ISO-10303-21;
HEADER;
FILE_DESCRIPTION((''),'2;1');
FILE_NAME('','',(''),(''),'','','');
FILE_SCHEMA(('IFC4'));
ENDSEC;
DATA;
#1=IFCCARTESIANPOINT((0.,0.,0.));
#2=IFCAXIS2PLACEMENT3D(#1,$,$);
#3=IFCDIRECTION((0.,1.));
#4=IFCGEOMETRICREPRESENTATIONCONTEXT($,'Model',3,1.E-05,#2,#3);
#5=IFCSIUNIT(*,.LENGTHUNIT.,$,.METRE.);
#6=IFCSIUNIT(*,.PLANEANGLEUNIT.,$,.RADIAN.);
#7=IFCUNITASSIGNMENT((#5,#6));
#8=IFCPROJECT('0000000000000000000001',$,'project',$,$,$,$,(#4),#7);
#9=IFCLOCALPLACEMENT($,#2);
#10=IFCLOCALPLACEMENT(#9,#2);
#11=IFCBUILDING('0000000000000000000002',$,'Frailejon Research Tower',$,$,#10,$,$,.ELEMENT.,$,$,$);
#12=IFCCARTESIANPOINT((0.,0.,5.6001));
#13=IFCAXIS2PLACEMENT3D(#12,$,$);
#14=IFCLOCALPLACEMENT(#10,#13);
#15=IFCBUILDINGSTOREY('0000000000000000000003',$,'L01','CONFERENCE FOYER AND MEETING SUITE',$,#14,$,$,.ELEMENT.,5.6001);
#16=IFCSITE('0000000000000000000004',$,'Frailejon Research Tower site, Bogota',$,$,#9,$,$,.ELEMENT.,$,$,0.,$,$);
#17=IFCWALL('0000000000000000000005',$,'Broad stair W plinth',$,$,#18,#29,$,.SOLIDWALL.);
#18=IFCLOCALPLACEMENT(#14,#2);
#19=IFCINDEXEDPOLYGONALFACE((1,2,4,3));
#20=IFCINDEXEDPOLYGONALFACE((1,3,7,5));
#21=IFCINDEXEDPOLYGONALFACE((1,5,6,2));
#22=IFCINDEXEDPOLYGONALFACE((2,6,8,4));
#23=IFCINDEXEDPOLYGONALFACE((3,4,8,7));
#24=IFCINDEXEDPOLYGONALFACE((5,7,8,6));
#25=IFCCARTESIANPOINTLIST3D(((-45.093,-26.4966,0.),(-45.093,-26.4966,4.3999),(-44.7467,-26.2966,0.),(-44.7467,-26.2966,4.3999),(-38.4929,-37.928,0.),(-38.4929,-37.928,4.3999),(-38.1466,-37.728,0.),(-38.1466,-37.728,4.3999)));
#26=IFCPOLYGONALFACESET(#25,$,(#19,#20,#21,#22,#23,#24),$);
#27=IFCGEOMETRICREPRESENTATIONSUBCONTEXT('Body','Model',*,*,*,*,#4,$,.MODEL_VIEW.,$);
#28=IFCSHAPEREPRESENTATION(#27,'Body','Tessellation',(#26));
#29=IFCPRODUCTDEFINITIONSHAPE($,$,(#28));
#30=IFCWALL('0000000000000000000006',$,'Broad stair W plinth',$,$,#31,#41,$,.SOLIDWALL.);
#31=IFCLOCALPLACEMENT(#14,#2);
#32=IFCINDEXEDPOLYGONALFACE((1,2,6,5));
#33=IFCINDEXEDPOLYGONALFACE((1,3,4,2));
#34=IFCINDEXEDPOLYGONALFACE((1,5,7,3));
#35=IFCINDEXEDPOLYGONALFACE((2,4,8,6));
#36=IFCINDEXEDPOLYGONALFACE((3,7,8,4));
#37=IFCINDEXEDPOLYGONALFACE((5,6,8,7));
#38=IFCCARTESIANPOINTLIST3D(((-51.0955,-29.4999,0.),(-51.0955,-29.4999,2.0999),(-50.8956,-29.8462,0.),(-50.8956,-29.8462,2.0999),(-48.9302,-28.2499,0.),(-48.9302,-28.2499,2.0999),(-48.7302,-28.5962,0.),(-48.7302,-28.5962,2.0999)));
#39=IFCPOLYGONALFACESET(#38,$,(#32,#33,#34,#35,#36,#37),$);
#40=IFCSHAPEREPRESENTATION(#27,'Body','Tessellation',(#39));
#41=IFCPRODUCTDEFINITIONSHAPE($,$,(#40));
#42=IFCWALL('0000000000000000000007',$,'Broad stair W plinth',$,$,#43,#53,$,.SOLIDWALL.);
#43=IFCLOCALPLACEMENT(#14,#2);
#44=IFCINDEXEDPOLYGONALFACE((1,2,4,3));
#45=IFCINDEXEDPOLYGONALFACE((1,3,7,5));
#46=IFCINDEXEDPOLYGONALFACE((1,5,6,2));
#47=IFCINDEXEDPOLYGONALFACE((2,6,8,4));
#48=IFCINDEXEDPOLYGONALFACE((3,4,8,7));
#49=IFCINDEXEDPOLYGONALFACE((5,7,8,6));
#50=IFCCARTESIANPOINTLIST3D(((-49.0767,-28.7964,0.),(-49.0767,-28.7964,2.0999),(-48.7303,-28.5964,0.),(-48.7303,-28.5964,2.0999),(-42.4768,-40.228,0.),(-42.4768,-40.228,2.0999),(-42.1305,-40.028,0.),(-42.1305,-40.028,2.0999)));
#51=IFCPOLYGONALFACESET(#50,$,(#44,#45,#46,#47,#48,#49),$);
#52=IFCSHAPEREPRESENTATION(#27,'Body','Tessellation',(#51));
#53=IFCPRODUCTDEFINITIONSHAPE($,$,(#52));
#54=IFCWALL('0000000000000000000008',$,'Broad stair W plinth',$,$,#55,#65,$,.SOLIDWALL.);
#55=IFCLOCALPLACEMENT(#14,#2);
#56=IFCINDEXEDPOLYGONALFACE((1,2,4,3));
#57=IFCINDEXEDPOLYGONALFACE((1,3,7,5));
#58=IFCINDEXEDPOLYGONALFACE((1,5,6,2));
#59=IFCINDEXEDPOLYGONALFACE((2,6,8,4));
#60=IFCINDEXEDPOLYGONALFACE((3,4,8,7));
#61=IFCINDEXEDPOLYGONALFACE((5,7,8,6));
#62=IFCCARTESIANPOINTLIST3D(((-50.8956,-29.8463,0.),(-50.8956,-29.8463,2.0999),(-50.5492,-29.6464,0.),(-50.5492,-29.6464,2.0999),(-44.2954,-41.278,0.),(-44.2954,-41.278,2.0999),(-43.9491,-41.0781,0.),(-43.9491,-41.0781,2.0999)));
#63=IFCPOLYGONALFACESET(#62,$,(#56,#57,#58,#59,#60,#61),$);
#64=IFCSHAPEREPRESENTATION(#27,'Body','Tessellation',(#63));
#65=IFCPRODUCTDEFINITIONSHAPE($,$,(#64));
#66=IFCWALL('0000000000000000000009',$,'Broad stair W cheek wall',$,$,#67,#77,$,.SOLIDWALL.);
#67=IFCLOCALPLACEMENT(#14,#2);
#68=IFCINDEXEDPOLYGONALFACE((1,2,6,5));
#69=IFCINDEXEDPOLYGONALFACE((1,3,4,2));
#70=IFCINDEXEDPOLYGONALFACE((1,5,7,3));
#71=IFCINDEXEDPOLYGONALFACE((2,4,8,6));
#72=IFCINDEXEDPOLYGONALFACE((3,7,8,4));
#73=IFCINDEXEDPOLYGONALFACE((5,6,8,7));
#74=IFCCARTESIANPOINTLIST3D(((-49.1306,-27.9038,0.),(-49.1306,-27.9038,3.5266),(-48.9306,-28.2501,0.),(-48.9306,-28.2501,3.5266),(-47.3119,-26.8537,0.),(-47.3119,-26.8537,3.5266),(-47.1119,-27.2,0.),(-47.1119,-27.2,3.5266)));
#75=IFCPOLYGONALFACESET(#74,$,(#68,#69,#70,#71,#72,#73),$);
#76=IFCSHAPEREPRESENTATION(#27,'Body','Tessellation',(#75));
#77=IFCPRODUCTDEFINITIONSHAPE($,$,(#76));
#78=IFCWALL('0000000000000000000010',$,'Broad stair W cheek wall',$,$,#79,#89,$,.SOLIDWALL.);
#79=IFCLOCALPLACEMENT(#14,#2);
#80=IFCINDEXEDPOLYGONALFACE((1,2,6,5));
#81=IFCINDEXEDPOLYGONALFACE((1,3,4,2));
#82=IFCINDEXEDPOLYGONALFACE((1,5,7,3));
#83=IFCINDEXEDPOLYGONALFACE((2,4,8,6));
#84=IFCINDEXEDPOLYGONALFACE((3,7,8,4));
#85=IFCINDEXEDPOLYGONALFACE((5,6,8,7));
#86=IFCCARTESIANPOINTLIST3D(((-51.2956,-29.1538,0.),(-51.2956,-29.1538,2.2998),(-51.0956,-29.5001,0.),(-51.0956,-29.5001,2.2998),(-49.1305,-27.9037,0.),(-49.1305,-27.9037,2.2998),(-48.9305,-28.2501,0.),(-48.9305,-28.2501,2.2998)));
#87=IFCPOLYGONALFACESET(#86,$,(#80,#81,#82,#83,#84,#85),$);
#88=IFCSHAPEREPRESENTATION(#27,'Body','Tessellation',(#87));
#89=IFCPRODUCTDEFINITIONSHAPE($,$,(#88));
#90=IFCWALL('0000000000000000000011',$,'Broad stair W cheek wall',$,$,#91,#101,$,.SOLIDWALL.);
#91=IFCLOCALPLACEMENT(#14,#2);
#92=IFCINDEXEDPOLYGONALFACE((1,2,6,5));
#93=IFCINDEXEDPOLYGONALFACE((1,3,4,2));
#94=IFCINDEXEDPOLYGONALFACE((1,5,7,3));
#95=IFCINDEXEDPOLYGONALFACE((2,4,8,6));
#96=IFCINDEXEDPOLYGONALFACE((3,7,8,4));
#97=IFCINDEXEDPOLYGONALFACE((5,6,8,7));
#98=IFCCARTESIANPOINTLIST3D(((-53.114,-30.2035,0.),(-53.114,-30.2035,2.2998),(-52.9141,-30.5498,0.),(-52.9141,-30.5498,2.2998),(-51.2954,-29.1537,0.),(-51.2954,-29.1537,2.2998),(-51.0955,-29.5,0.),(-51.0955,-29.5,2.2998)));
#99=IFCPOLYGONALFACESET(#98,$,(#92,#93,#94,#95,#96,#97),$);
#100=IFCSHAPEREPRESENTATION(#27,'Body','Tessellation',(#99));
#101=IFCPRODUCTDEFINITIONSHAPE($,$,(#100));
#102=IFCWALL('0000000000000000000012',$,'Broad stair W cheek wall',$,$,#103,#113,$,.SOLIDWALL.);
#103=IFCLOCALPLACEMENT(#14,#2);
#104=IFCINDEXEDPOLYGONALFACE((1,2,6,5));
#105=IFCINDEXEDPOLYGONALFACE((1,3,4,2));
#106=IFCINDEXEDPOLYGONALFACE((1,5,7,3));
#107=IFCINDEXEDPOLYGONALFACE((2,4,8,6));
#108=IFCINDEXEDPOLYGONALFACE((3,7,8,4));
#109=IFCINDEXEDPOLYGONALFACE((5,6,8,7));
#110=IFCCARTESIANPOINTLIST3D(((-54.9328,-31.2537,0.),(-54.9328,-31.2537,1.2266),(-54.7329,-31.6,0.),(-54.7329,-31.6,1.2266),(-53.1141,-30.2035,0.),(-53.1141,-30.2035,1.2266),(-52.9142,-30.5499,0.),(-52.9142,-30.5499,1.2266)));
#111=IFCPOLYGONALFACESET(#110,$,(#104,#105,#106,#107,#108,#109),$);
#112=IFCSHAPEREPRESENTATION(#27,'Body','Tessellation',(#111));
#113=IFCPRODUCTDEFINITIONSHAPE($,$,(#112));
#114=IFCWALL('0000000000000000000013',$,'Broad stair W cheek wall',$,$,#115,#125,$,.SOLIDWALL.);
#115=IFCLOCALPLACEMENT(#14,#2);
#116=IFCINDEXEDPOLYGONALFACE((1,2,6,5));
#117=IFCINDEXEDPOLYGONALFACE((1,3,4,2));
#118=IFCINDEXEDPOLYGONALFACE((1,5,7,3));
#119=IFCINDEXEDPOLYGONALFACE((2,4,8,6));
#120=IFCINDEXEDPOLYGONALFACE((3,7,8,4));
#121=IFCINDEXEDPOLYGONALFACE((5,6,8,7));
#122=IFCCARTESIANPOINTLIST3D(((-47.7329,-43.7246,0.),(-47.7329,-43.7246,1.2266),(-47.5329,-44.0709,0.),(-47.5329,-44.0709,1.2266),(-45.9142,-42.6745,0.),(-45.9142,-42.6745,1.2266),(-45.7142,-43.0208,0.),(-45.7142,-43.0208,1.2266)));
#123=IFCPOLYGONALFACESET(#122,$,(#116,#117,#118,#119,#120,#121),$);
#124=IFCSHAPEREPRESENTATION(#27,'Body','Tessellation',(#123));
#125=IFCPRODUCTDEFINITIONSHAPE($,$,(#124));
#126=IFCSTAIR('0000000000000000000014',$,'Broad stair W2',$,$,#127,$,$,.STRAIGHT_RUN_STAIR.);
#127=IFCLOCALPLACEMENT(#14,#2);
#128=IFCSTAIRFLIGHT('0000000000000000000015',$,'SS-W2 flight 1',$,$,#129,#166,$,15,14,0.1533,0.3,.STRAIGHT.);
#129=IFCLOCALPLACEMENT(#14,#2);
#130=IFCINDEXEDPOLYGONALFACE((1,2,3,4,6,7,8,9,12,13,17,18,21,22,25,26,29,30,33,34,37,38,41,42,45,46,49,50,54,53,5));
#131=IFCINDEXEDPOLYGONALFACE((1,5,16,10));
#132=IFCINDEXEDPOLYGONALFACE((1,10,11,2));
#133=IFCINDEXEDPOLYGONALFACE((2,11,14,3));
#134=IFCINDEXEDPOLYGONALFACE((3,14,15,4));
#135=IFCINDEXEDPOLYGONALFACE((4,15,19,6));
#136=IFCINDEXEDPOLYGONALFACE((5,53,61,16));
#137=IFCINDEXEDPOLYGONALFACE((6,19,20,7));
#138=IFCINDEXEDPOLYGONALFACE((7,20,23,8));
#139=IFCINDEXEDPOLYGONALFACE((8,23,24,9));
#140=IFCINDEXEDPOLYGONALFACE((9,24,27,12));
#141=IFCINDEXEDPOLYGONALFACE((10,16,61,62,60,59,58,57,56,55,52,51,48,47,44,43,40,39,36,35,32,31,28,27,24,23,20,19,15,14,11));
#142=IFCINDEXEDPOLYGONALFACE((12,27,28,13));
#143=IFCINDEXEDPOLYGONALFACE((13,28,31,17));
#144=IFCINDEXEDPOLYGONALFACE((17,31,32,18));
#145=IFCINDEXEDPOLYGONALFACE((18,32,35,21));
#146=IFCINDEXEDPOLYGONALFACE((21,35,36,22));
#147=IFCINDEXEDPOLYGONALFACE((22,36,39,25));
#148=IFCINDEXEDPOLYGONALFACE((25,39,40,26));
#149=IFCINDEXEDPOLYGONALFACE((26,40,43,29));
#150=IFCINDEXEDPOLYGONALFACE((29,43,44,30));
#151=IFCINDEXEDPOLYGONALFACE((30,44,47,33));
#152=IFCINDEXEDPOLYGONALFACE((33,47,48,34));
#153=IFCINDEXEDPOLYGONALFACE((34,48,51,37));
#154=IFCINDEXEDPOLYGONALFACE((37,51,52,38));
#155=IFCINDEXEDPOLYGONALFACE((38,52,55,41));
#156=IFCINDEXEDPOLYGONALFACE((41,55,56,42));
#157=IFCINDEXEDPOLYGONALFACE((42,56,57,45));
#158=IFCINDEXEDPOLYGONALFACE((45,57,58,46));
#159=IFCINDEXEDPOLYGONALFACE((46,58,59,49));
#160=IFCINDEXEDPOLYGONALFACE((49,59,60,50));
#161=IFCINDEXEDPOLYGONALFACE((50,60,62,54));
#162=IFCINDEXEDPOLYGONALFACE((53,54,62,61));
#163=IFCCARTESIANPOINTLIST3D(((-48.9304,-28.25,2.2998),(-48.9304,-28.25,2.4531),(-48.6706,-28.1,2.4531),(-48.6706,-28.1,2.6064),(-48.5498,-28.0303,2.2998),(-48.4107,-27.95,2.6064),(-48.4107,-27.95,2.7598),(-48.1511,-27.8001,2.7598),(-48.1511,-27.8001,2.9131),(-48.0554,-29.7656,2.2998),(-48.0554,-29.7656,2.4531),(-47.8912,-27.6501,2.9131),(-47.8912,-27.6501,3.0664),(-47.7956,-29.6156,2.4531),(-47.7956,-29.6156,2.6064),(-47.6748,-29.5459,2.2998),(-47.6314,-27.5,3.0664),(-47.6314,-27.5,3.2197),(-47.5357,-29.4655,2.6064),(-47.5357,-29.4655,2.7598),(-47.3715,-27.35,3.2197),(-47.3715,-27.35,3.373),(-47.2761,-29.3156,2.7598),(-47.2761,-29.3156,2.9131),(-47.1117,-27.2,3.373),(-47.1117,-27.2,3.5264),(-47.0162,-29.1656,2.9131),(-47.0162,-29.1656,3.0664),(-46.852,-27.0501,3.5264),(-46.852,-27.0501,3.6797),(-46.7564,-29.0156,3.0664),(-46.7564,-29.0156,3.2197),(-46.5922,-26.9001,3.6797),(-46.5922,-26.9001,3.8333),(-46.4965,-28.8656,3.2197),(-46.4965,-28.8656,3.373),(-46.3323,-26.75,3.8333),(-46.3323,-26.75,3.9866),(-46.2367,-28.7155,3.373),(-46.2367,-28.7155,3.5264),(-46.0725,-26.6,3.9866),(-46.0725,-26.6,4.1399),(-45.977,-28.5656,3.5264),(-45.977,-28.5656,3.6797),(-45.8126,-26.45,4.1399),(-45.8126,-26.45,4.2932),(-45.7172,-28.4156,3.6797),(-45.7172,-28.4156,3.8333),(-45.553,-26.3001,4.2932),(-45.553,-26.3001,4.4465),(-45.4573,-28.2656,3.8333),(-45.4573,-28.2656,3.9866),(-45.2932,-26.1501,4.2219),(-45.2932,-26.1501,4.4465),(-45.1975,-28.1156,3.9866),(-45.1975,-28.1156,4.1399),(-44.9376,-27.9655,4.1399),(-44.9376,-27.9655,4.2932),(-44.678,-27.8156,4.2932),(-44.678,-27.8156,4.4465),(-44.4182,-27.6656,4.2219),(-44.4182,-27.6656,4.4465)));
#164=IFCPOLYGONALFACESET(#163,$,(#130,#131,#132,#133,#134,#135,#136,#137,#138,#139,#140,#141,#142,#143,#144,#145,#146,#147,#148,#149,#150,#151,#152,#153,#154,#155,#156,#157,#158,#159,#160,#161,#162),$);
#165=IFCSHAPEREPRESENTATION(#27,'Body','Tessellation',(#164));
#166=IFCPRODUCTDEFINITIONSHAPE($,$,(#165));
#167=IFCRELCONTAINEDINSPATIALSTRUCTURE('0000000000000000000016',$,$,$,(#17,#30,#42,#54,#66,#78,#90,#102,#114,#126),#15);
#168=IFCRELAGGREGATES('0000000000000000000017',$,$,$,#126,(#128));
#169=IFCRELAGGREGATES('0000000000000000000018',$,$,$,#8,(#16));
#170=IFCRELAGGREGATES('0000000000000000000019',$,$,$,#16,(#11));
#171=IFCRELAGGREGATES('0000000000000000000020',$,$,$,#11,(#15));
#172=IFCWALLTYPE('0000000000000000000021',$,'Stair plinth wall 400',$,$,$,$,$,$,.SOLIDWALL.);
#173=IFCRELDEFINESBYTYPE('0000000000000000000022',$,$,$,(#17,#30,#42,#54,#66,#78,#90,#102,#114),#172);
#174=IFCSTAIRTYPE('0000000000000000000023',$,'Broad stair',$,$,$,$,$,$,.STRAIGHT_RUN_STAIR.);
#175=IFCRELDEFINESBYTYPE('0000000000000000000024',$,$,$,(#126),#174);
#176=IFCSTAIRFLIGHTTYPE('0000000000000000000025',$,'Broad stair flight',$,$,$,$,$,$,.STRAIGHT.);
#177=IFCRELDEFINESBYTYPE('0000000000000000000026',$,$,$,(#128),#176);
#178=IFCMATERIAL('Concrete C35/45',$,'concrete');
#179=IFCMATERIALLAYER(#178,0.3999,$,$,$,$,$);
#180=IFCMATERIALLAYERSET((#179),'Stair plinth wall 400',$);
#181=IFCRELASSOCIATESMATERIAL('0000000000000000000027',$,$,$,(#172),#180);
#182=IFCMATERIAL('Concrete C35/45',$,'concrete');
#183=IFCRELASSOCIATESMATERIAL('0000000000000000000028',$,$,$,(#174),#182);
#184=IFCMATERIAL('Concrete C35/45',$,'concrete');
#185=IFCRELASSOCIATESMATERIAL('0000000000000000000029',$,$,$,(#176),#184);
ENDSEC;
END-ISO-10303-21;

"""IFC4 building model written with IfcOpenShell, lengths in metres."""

from ifc_helpers import new_model, si_unit, direction, frame, frame_2d, origin, place, context, subcontext, project, spatial, polyline, rectangle, outline, extrude, material, layer, layer_set, type_object, element, aggregate, save


model = new_model("IFC4")

# Units and contexts
model_context = context("Model", 3, precision=1e-05, world=origin(), true_north=direction((0.0, 1.0)))
body_context = subcontext(model_context, "Body", "Model", "MODEL_VIEW")
ifc_project = project(units=[si_unit("LENGTHUNIT", "METRE"), si_unit("PLANEANGLEUNIT", "RADIAN")], contexts=[model_context])

# Site, building, storey
site_placement = place(None, origin())
site = spatial("IfcSite", under=ifc_project, at=site_placement, Name="Frailejon Research Tower site, Bogota", CompositionType="ELEMENT", RefElevation=0.0)
building_placement = place(site_placement, origin())
building = spatial("IfcBuilding", under=site, at=building_placement, Name="Frailejon Research Tower", CompositionType="ELEMENT")
storey_placement = place(building_placement, frame((0.0, 0.0, 5.6001)))
storey = spatial("IfcBuildingStorey", under=building, at=storey_placement, Name="L01", Description="CONFERENCE FOYER AND MEETING SUITE", CompositionType="ELEMENT", Elevation=5.6001)

# Walls
ifc_material_1 = material(Name="Concrete C35/45", Category="concrete")
ifc_layer = layer(ifc_material_1, 0.3999)
ifc_layer_set = layer_set([ifc_layer], Name="Stair plinth wall 400")
wall_type = type_object("IfcWallType", Name="Stair plinth wall 400", PredefinedType="SOLIDWALL", material=ifc_layer_set)
wall_1_placement = place(storey_placement, frame((-44.9199, -26.3965, 0.0), z_axis=(0.0, 0.0, 1.0), x_axis=(0.50001, -0.86602, 0.0)))
element("IfcWall", 1, at=wall_1_placement, inside=storey, type_object=wall_type, Name="Broad stair W plinth", PredefinedType="SOLIDWALL", context=body_context, shape_type="SweptSolid", body=[
    extrude(rectangle(XDim=13.2, YDim=0.3999, at=frame_2d((6.6001, 0.0))), origin(), (0.0, 0.0, 1.0), 4.3999),
])
wall_2_placement = place(storey_placement, frame((-48.8303, -28.4231, 0.0), z_axis=(0.0, 0.0, 1.0), x_axis=(-0.866047, -0.499962, 0.0)))
element("IfcWall", 2, at=wall_2_placement, inside=storey, type_object=wall_type, Name="Broad stair W plinth", PredefinedType="SOLIDWALL", context=body_context, shape_type="SweptSolid", body=[
    extrude(rectangle(XDim=2.5002, YDim=0.3999, at=frame_2d((1.25, 0.0))), origin(), (0.0, 0.0, 1.0), 2.0999),
])
wall_3_placement = place(storey_placement, frame((-48.9036, -28.6963, 0.0), z_axis=(0.0, 0.0, 1.0), x_axis=(0.499988, -0.866032, 0.0)))
element("IfcWall", 3, at=wall_3_placement, inside=storey, type_object=wall_type, Name="Broad stair W plinth", PredefinedType="SOLIDWALL", context=body_context, shape_type="SweptSolid", body=[
    extrude(rectangle(XDim=13.2, YDim=0.3999, at=frame_2d((6.6001, 0.0))), origin(), (0.0, 0.0, 1.0), 2.0999),
])
wall_4_placement = place(storey_placement, frame((-50.7224, -29.7463, 0.0), z_axis=(0.0, 0.0, 1.0), x_axis=(0.500002, -0.866024, 0.0)))
element("IfcWall", 4, at=wall_4_placement, inside=storey, type_object=wall_type, Name="Broad stair W plinth", PredefinedType="SOLIDWALL", context=body_context, shape_type="SweptSolid", body=[
    extrude(rectangle(XDim=13.2002, YDim=0.3999, at=frame_2d((6.6001, 0.0))), origin(), (0.0, 0.0, 1.0), 2.0999),
])
wall_5_placement = place(storey_placement, frame((-47.2119, -27.0269, 0.0), z_axis=(0.0, 0.0, 1.0), x_axis=(-0.866009, -0.500028, 0.0)))
element("IfcWall", 5, at=wall_5_placement, inside=storey, type_object=wall_type, Name="Broad stair W cheek wall", PredefinedType="SOLIDWALL", context=body_context, shape_type="SweptSolid", body=[
    extrude(rectangle(XDim=2.1001, YDim=0.3999, at=frame_2d((1.05, 0.0))), origin(), (0.0, 0.0, 1.0), 3.5266),
])
wall_6_placement = place(storey_placement, frame((-49.0305, -28.0769, 0.0), z_axis=(0.0, 0.0, 1.0), x_axis=(-0.866023, -0.500004, 0.0)))
element("IfcWall", 6, at=wall_6_placement, inside=storey, type_object=wall_type, Name="Broad stair W cheek wall", PredefinedType="SOLIDWALL", context=body_context, shape_type="SweptSolid", body=[
    extrude(rectangle(XDim=2.5, YDim=0.3999, at=frame_2d((1.25, 0.0))), origin(), (0.0, 0.0, 1.0), 2.2998),
])
wall_7_placement = place(storey_placement, frame((-51.1956, -29.3269, 0.0), z_axis=(0.0, 0.0, 1.0), x_axis=(-0.86606, -0.499941, 0.0)))
element("IfcWall", 7, at=wall_7_placement, inside=storey, type_object=wall_type, Name="Broad stair W cheek wall", PredefinedType="SOLIDWALL", context=body_context, shape_type="SweptSolid", body=[
    extrude(rectangle(XDim=2.0999, YDim=0.3999, at=frame_2d((1.0498, 0.0))), origin(), (0.0, 0.0, 1.0), 2.2998),
])
for number, where, z_axis, x_axis, name in (
    (8, (-53.0142, -30.3767, 0.0), (0.0, 0.0, 1.0), (-0.866009, -0.500028, 0.0), "Broad stair W cheek wall"),
    (9, (-45.8142, -42.8477, 0.0), (0.0, 0.0, 1.0), (-0.866009, -0.500028, 0.0), "Broad stair W cheek wall"),
):
    element("IfcWall", number, at=place(storey_placement, frame(where, z_axis=z_axis, x_axis=x_axis)), inside=storey, type_object=wall_type, Name=name, PredefinedType="SOLIDWALL", context=body_context, shape_type="SweptSolid", body=[
        extrude(rectangle(XDim=2.1001, YDim=0.3999, at=frame_2d((1.05, 0.0))), origin(), (0.0, 0.0, 1.0), 1.2266),
    ])

# Stair, stair flight
ifc_material_2 = material(Name="Concrete C35/45", Category="concrete")
stair_type = type_object("IfcStairType", Name="Broad stair", PredefinedType="STRAIGHT_RUN_STAIR", material=ifc_material_2)
stair_placement = place(storey_placement, origin())
stair = element("IfcStair", 10, at=stair_placement, inside=storey, type_object=stair_type, Name="Broad stair W2", PredefinedType="STRAIGHT_RUN_STAIR")
ifc_material_3 = material(Name="Concrete C35/45", Category="concrete")
stair_flight_type = type_object("IfcStairFlightType", Name="Broad stair flight", PredefinedType="STRAIGHT", material=ifc_material_3)
stair_flight_1_placement = place(storey_placement, frame((-48.4929, -29.0078, 2.2998), z_axis=(0.0, 0.0, 1.0), x_axis=(0.866025, 0.5, 0.0)))
stair_flight_1 = element("IfcStairFlight", 11, at=stair_flight_1_placement, type_object=stair_flight_type, Name="SS-W2 flight 1", NumberOfRisers=15, NumberOfTreads=14, PredefinedType="STRAIGHT", RiserHeight=0.1533, TreadLength=0.3, context=body_context, shape_type="SweptSolid", body=[
    extrude(outline(polyline([(0.0, 0.0), (0.0, 0.1533), (0.3, 0.1533), (0.3, 0.3066), (0.6001, 0.3066), (0.6001, 0.46), (0.8999, 0.46), (0.8999, 0.6133), (1.2, 0.6133), (1.2, 0.7666), (1.5, 0.7666), (1.5, 0.9199), (1.8, 0.9199), (1.8, 1.0732), (2.1001, 1.0732), (2.1001, 1.2266), (2.3999, 1.2266), (2.3999, 1.3799), (2.7, 1.3799), (2.7, 1.5334), (3.0, 1.5334), (3.0, 1.6868), (3.3, 1.6868), (3.3, 1.8401), (3.6001, 1.8401), (3.6001, 1.9934), (3.8999, 1.9934), (3.8999, 2.1467), (4.2, 2.1467), (4.2, 2.3), (4.2, 1.9221), (0.4395, 0.0), (0.0, 0.0)])), frame((0.0, 0.875, 0.0), z_axis=(0.0, -1.0, 0.0), x_axis=(1.0, 0.0, 0.0)), (0.0, 0.0, 1.0), 1.75),
])
aggregate(stair, [stair_flight_1])

save(model, "model.ifc")
